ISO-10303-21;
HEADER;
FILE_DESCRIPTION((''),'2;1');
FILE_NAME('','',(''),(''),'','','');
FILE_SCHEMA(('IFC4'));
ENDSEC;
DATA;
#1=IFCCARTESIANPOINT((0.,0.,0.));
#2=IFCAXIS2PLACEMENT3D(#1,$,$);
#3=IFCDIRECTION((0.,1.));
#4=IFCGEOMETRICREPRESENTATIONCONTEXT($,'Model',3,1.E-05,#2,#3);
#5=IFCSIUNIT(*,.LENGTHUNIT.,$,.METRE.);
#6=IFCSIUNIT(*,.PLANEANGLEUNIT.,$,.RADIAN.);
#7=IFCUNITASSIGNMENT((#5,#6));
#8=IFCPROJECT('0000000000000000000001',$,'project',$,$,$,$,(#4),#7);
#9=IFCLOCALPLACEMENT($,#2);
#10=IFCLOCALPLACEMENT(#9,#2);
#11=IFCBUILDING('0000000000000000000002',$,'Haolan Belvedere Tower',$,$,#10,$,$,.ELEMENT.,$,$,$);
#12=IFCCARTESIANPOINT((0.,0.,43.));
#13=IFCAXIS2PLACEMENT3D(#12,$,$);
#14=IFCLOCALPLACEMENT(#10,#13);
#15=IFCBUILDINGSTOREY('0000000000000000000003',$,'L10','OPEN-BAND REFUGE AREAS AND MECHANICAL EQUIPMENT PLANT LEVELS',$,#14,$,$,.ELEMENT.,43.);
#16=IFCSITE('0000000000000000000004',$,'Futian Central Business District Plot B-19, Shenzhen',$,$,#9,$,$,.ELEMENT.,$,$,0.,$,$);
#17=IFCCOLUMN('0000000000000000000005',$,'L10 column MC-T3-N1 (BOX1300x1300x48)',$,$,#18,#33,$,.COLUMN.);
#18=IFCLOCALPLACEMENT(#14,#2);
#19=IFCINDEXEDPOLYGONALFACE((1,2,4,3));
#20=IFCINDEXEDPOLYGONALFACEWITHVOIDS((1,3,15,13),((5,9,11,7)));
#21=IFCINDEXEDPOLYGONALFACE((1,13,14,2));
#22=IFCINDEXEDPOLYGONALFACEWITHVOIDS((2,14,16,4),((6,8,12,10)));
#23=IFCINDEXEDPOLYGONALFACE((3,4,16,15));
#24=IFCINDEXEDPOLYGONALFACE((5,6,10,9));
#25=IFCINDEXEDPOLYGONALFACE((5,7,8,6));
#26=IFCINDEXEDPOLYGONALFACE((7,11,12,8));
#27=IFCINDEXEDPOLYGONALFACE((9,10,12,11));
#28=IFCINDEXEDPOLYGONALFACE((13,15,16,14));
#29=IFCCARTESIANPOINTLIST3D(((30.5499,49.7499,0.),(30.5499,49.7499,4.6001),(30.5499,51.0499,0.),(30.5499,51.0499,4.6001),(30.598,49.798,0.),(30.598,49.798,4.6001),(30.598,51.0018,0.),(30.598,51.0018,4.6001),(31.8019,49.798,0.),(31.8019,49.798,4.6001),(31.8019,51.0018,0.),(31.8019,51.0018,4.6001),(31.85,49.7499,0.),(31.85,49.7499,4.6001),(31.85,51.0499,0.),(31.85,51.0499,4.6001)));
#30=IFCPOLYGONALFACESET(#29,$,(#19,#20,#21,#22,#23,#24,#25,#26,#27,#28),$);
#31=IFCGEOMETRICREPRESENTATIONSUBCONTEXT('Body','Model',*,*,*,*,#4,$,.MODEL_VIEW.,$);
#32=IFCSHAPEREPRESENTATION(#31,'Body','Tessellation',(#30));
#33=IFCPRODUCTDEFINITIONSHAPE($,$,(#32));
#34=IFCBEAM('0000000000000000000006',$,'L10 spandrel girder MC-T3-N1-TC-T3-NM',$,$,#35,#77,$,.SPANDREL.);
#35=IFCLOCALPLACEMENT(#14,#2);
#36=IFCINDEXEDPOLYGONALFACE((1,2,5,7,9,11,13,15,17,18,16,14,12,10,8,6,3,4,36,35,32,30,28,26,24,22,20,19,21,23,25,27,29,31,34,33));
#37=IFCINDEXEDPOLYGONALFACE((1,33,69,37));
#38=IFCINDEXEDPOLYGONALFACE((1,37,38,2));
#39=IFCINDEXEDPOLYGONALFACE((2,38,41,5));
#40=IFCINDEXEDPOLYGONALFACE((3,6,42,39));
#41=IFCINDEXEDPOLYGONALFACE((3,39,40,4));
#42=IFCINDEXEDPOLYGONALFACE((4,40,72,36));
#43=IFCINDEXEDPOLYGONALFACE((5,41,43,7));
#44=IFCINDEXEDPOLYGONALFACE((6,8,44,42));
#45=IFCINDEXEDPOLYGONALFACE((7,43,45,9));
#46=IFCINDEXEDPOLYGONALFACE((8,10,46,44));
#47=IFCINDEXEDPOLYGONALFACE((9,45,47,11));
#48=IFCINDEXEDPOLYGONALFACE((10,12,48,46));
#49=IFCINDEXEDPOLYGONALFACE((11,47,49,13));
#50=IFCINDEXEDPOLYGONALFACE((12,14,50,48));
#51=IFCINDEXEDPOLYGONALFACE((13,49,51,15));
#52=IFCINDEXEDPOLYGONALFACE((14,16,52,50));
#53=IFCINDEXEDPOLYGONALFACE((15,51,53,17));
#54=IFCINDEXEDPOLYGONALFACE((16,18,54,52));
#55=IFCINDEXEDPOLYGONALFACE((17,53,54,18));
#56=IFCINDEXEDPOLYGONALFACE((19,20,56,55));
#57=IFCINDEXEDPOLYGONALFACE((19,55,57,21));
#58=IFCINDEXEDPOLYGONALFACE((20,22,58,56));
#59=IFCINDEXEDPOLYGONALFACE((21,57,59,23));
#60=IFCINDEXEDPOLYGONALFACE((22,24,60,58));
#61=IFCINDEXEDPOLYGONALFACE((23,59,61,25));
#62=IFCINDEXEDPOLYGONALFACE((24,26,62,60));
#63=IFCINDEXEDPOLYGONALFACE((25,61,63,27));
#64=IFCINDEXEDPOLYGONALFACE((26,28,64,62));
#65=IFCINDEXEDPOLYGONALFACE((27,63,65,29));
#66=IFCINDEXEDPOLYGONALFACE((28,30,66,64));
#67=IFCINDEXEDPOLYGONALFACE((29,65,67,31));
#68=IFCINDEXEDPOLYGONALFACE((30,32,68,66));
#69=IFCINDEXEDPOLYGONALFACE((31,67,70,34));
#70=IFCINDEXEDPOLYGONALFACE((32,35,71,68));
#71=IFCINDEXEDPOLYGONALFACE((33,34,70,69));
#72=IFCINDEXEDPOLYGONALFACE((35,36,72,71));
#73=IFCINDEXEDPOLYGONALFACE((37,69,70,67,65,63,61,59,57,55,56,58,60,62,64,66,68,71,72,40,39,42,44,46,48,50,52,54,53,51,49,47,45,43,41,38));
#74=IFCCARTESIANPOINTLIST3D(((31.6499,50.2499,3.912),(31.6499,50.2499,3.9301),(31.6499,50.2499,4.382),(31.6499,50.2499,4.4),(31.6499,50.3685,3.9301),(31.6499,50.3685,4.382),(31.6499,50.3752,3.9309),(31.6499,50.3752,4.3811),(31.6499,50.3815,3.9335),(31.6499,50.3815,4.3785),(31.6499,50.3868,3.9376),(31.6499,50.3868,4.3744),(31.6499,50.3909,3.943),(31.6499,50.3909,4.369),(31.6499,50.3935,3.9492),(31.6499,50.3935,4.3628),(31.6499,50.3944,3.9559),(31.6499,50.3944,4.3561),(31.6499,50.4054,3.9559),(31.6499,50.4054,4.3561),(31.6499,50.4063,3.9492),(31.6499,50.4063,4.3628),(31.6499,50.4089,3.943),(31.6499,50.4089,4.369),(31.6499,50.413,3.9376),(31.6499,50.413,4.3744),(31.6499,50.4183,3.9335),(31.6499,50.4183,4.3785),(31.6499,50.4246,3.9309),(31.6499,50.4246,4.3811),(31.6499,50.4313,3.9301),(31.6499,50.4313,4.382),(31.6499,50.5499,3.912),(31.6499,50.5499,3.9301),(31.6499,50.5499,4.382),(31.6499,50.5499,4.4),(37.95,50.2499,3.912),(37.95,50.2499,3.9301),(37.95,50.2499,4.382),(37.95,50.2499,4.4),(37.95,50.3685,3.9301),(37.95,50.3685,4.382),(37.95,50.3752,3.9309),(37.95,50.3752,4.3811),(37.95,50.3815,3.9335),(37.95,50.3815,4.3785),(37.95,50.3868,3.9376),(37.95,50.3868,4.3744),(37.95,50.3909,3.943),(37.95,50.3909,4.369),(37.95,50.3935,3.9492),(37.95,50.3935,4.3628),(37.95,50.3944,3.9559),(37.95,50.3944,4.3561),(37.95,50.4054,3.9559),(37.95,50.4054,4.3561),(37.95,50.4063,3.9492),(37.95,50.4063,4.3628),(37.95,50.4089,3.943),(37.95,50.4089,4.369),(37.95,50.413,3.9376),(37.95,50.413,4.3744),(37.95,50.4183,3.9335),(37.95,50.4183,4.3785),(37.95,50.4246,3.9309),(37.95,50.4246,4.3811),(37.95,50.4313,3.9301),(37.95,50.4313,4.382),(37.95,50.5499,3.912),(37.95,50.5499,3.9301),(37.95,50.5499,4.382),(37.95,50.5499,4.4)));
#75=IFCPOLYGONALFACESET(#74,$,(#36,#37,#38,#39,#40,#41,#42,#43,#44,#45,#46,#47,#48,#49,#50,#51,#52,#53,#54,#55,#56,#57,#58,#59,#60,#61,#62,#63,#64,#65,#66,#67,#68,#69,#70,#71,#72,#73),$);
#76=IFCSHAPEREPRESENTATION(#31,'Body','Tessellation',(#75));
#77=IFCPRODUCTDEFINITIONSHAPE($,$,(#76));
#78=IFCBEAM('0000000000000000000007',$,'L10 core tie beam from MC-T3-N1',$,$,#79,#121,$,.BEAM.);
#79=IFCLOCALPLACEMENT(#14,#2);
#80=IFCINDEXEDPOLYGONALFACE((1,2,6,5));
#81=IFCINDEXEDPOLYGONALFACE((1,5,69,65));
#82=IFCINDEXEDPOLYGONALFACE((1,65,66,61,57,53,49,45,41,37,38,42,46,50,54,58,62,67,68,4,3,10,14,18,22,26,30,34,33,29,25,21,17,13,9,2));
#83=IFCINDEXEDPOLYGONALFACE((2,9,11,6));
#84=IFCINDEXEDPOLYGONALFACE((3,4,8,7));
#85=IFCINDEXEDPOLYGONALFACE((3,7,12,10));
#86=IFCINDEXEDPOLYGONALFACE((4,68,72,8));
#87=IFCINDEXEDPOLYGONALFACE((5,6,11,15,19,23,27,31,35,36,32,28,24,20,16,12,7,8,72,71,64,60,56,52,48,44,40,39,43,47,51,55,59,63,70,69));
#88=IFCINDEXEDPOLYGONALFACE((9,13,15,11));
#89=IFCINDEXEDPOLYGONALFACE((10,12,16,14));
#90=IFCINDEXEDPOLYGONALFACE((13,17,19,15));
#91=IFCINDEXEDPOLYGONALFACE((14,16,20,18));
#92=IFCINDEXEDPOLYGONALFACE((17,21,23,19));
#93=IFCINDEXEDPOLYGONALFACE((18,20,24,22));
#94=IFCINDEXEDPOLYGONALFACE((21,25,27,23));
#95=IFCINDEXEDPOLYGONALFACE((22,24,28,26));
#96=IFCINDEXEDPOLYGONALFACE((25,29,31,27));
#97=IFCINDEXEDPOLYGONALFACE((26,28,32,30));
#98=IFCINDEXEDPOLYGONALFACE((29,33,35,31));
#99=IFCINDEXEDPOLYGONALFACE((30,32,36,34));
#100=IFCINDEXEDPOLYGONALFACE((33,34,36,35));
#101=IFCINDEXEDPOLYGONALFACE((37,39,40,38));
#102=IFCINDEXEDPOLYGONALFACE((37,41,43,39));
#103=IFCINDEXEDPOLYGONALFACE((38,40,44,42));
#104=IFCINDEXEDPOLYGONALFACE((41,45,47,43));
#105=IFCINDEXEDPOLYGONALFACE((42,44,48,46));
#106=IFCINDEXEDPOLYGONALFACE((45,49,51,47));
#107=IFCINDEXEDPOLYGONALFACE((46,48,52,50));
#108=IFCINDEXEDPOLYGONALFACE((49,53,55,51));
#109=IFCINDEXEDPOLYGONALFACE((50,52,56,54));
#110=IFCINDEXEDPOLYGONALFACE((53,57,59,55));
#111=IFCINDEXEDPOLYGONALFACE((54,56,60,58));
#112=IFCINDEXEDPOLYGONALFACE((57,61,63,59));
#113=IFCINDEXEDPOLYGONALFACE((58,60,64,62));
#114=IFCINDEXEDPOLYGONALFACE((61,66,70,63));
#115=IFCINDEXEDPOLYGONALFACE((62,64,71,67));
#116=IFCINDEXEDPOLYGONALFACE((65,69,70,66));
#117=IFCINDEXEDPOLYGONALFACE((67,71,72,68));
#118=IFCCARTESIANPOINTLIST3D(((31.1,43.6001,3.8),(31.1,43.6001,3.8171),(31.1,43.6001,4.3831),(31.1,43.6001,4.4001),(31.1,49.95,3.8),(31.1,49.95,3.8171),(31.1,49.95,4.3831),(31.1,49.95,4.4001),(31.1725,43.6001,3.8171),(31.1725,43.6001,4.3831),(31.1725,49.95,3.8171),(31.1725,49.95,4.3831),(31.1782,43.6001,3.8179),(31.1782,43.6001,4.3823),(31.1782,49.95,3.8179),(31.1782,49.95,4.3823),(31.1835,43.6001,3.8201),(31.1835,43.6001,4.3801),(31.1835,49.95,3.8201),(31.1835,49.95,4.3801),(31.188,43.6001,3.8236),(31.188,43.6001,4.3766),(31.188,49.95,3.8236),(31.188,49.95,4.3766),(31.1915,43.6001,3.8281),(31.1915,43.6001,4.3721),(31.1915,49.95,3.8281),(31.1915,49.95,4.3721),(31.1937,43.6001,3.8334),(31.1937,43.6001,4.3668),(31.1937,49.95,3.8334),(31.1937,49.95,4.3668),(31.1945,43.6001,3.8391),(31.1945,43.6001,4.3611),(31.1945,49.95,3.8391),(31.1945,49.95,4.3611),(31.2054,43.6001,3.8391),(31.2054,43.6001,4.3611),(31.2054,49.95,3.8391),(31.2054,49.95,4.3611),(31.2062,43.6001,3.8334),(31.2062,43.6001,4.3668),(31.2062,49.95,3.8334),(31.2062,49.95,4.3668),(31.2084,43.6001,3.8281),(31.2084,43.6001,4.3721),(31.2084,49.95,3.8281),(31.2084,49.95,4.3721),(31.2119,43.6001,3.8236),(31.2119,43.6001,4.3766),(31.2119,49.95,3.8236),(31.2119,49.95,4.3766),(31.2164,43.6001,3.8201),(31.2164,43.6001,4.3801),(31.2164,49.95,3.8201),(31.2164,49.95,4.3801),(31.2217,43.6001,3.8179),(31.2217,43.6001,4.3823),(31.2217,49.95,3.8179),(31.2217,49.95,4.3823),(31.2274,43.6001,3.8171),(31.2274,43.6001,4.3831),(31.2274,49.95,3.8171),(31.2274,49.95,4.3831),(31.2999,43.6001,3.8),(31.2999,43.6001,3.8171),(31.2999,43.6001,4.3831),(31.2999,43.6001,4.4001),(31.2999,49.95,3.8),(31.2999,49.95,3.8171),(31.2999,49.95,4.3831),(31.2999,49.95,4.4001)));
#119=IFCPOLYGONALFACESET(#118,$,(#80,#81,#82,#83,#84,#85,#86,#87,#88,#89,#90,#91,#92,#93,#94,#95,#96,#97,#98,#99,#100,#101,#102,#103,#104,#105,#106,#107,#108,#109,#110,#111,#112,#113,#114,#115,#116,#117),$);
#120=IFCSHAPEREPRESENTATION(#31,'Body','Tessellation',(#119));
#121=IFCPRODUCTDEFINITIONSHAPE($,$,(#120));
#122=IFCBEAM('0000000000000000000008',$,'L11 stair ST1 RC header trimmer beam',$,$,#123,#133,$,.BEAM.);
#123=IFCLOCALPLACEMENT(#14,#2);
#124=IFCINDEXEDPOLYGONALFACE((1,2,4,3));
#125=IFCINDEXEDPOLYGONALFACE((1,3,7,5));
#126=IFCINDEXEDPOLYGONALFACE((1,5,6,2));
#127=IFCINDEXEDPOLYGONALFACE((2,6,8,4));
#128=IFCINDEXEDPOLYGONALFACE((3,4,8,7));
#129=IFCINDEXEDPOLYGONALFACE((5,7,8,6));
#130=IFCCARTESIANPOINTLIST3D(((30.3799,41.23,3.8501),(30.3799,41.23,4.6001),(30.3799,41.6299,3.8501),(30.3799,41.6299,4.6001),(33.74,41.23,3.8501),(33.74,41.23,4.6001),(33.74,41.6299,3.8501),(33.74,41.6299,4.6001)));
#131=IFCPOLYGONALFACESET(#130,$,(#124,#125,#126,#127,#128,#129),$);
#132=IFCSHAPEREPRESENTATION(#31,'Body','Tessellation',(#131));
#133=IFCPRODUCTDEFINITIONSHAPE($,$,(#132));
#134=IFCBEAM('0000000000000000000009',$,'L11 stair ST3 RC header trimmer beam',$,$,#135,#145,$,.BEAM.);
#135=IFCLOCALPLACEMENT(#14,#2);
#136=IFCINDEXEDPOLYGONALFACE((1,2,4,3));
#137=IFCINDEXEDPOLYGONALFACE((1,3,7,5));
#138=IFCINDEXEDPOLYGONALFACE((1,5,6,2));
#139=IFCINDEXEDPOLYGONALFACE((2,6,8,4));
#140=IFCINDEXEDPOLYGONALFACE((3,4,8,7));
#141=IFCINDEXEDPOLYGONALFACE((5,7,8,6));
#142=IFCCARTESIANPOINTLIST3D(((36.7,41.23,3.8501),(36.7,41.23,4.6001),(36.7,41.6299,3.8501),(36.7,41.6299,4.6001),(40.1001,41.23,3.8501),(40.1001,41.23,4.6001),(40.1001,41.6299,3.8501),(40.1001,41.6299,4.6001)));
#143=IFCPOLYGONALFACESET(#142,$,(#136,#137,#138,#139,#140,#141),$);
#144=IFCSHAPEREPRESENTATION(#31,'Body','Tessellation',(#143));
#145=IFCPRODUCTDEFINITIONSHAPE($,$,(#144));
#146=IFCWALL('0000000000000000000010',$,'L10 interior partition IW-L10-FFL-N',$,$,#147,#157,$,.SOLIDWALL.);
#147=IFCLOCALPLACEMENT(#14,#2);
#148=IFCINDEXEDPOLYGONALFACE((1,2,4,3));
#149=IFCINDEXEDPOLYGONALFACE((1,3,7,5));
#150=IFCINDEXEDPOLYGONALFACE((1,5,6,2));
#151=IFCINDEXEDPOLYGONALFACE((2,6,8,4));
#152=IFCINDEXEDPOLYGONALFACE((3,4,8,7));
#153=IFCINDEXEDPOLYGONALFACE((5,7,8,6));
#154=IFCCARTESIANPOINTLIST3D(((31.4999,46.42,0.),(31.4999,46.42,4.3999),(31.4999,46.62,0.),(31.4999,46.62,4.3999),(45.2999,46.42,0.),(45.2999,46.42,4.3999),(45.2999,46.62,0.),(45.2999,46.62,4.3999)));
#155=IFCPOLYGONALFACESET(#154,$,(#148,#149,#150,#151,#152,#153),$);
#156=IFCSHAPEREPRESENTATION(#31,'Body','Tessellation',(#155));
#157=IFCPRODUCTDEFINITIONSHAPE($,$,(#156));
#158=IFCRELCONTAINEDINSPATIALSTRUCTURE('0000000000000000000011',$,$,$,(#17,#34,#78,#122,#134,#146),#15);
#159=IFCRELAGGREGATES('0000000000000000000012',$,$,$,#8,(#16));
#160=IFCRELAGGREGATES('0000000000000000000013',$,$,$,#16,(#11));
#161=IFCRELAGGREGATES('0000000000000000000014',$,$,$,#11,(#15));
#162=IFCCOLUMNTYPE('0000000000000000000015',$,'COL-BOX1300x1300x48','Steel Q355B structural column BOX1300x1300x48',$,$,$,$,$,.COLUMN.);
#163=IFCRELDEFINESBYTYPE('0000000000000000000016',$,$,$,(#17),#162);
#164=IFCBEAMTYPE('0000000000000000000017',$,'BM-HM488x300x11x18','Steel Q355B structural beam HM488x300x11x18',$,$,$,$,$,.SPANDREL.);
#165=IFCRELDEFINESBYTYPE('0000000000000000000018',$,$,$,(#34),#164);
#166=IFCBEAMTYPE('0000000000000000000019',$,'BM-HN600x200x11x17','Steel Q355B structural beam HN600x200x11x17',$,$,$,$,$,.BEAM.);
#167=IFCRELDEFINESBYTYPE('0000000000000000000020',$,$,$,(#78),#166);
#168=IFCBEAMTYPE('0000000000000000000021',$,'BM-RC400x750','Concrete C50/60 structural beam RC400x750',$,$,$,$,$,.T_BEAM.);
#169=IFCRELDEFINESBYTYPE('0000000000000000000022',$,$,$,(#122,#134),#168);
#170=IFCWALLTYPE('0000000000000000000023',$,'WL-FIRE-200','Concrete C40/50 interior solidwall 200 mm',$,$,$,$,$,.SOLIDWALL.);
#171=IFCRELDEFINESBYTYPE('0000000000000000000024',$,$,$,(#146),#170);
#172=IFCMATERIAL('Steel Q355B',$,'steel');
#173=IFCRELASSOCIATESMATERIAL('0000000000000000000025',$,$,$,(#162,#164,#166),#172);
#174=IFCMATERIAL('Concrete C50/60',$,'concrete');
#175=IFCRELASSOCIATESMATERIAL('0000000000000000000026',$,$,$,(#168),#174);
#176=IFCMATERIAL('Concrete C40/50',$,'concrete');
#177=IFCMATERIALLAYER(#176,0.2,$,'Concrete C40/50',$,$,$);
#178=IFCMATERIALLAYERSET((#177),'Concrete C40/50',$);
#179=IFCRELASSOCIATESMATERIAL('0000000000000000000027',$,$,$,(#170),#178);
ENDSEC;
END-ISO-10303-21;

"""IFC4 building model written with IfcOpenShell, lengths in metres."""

from ifc_helpers import new_model, si_unit, direction, frame, frame_2d, origin, origin_2d, place, context, subcontext, project, spatial, rectangle, hollow_rectangle, i_section, extrude, material, layer, layer_set, material_profile, profile_set, type_object, element, save


model = new_model("IFC4")

# Units and contexts
model_context = context("Model", 3, precision=1e-05, world=origin(), true_north=direction((0.0, 1.0)))
body_context = subcontext(model_context, "Body", "Model", "MODEL_VIEW")
ifc_project = project(units=[si_unit("LENGTHUNIT", "METRE"), si_unit("PLANEANGLEUNIT", "RADIAN")], contexts=[model_context])

# Site, building, storey
site_placement = place(None, origin())
site = spatial("IfcSite", under=ifc_project, at=site_placement, Name="Futian Central Business District Plot B-19, Shenzhen", CompositionType="ELEMENT", RefElevation=0.0)
building_placement = place(site_placement, origin())
building = spatial("IfcBuilding", under=site, at=building_placement, Name="Haolan Belvedere Tower", CompositionType="ELEMENT")
storey_placement = place(building_placement, frame((0.0, 0.0, 43.0)))
storey = spatial("IfcBuildingStorey", under=building, at=storey_placement, Name="L10", Description="OPEN-BAND REFUGE AREAS AND MECHANICAL EQUIPMENT PLANT LEVELS", CompositionType="ELEMENT", Elevation=43.0)

# Column
ifc_material_1 = material(Name="Steel Q355B", Category="steel")
ifc_material_profile_1 = material_profile(ifc_material_1, hollow_rectangle(XDim=1.3, YDim=1.3, WallThickness=0.0481, at=origin_2d()), Name="Steel Q355B")
ifc_profile_set_1 = profile_set([ifc_material_profile_1], Name="Steel Q355B")
column_type = type_object("IfcColumnType", Name="COL-BOX1300x1300x48", Description="Steel Q355B structural column BOX1300x1300x48", PredefinedType="COLUMN", material=ifc_profile_set_1)
column_placement = place(storey_placement, frame((31.2, 50.3999, 0.0), z_axis=(0.0, 0.0, 1.0), x_axis=(1.0, 0.0, 0.0)))
element("IfcColumn", 1, at=column_placement, inside=storey, type_object=column_type, Name="L10 column MC-T3-N1 (BOX1300x1300x48)", PredefinedType="COLUMN", context=body_context, shape_type="SweptSolid", body=[
    extrude(hollow_rectangle(XDim=1.3, YDim=1.3, WallThickness=0.0481, at=origin_2d()), origin(), (0.0, 0.0, 1.0), 4.6001),
])

# Beams
ifc_material_profile_2 = material_profile(ifc_material_1, i_section(OverallWidth=0.3, OverallDepth=0.488, WebThickness=0.011, FlangeThickness=0.0181, FilletRadius=0.0259, at=origin_2d()), Name="Steel Q355B")
ifc_profile_set_2 = profile_set([ifc_material_profile_2], Name="Steel Q355B")
beam_type_1 = type_object("IfcBeamType", Name="BM-HM488x300x11x18", Description="Steel Q355B structural beam HM488x300x11x18", PredefinedType="SPANDREL", material=ifc_profile_set_2)
beam_1_placement = place(storey_placement, frame((31.6499, 50.3999, 4.156), z_axis=(1.0, 0.0, 0.0), x_axis=(0.0, 1.0, 0.0)))
element("IfcBeam", 2, at=beam_1_placement, inside=storey, type_object=beam_type_1, Name="L10 spandrel girder MC-T3-N1-TC-T3-NM", PredefinedType="SPANDREL", context=body_context, shape_type="SweptSolid", body=[
    extrude(i_section(OverallWidth=0.3, OverallDepth=0.488, WebThickness=0.011, FlangeThickness=0.0181, FilletRadius=0.0259, at=origin_2d()), origin(), (0.0, 0.0, 1.0), 6.3),
])
ifc_material_profile_3 = material_profile(ifc_material_1, i_section(OverallWidth=0.2, OverallDepth=0.6001, WebThickness=0.011, FlangeThickness=0.0171, FilletRadius=0.022, at=origin_2d()), Name="Steel Q355B")
ifc_profile_set_3 = profile_set([ifc_material_profile_3], Name="Steel Q355B")
beam_type_2 = type_object("IfcBeamType", Name="BM-HN600x200x11x17", Description="Steel Q355B structural beam HN600x200x11x17", PredefinedType="BEAM", material=ifc_profile_set_3)
beam_2_placement = place(storey_placement, frame((31.2, 49.95, 4.1001), z_axis=(0.0, -1.0, 0.0), x_axis=(1.0, 0.0, 0.0)))
element("IfcBeam", 3, at=beam_2_placement, inside=storey, type_object=beam_type_2, Name="L10 core tie beam from MC-T3-N1", PredefinedType="BEAM", context=body_context, shape_type="SweptSolid", body=[
    extrude(i_section(OverallWidth=0.2, OverallDepth=0.6001, WebThickness=0.011, FlangeThickness=0.0171, FilletRadius=0.022, at=origin_2d()), origin(), (0.0, 0.0, 1.0), 6.3499),
])
ifc_material_2 = material(Name="Concrete C50/60", Category="concrete")
ifc_material_profile_4 = material_profile(ifc_material_2, rectangle(XDim=0.3999, YDim=0.75, at=origin_2d()), Name="Concrete C50/60")
ifc_profile_set_4 = profile_set([ifc_material_profile_4], Name="Concrete C50/60")
beam_type_3 = type_object("IfcBeamType", Name="BM-RC400x750", Description="Concrete C50/60 structural beam RC400x750", PredefinedType="T_BEAM", material=ifc_profile_set_4)
beam_3_placement = place(storey_placement, frame((30.3799, 41.4299, 4.2251), z_axis=(1.0, 0.0, 0.0), x_axis=(0.0, 1.0, 0.0)))
element("IfcBeam", 4, at=beam_3_placement, inside=storey, type_object=beam_type_3, Name="L11 stair ST1 RC header trimmer beam", PredefinedType="BEAM", context=body_context, shape_type="SweptSolid", body=[
    extrude(rectangle(XDim=0.3999, YDim=0.75, at=origin_2d()), origin(), (0.0, 0.0, 1.0), 3.3601),
])
beam_4_placement = place(storey_placement, frame((36.7, 41.4299, 4.2251), z_axis=(1.0, 0.0, 0.0), x_axis=(0.0, 1.0, 0.0)))
element("IfcBeam", 5, at=beam_4_placement, inside=storey, type_object=beam_type_3, Name="L11 stair ST3 RC header trimmer beam", PredefinedType="BEAM", context=body_context, shape_type="SweptSolid", body=[
    extrude(rectangle(XDim=0.3999, YDim=0.75, at=origin_2d()), origin(), (0.0, 0.0, 1.0), 3.4001),
])

# Wall
ifc_material_3 = material(Name="Concrete C40/50", Category="concrete")
ifc_layer_1 = layer(ifc_material_3, 0.2, Name="Concrete C40/50")
ifc_layer_set_1 = layer_set([ifc_layer_1], Name="Concrete C40/50")
wall_type_1 = type_object("IfcWallType", Name="WL-FIRE-200", Description="Concrete C40/50 interior solidwall 200 mm", PredefinedType="SOLIDWALL", material=ifc_layer_set_1)
wall_1_placement = place(storey_placement, frame((31.5, 46.52, 0.0), z_axis=(0.0, 0.0, 1.0), x_axis=(1.0, 0.0, 0.0)))
element("IfcWall", 6, at=wall_1_placement, inside=storey, type_object=wall_type_1, Name="L10 interior partition IW-L10-FFL-N", PredefinedType="SOLIDWALL", context=body_context, shape_type="SweptSolid", body=[
    extrude(rectangle(XDim=13.8, YDim=0.2, at=frame_2d((6.8999, 0.0))), origin(), (0.0, 0.0, 1.0), 4.3999),
])

save(model, "model.ifc")
